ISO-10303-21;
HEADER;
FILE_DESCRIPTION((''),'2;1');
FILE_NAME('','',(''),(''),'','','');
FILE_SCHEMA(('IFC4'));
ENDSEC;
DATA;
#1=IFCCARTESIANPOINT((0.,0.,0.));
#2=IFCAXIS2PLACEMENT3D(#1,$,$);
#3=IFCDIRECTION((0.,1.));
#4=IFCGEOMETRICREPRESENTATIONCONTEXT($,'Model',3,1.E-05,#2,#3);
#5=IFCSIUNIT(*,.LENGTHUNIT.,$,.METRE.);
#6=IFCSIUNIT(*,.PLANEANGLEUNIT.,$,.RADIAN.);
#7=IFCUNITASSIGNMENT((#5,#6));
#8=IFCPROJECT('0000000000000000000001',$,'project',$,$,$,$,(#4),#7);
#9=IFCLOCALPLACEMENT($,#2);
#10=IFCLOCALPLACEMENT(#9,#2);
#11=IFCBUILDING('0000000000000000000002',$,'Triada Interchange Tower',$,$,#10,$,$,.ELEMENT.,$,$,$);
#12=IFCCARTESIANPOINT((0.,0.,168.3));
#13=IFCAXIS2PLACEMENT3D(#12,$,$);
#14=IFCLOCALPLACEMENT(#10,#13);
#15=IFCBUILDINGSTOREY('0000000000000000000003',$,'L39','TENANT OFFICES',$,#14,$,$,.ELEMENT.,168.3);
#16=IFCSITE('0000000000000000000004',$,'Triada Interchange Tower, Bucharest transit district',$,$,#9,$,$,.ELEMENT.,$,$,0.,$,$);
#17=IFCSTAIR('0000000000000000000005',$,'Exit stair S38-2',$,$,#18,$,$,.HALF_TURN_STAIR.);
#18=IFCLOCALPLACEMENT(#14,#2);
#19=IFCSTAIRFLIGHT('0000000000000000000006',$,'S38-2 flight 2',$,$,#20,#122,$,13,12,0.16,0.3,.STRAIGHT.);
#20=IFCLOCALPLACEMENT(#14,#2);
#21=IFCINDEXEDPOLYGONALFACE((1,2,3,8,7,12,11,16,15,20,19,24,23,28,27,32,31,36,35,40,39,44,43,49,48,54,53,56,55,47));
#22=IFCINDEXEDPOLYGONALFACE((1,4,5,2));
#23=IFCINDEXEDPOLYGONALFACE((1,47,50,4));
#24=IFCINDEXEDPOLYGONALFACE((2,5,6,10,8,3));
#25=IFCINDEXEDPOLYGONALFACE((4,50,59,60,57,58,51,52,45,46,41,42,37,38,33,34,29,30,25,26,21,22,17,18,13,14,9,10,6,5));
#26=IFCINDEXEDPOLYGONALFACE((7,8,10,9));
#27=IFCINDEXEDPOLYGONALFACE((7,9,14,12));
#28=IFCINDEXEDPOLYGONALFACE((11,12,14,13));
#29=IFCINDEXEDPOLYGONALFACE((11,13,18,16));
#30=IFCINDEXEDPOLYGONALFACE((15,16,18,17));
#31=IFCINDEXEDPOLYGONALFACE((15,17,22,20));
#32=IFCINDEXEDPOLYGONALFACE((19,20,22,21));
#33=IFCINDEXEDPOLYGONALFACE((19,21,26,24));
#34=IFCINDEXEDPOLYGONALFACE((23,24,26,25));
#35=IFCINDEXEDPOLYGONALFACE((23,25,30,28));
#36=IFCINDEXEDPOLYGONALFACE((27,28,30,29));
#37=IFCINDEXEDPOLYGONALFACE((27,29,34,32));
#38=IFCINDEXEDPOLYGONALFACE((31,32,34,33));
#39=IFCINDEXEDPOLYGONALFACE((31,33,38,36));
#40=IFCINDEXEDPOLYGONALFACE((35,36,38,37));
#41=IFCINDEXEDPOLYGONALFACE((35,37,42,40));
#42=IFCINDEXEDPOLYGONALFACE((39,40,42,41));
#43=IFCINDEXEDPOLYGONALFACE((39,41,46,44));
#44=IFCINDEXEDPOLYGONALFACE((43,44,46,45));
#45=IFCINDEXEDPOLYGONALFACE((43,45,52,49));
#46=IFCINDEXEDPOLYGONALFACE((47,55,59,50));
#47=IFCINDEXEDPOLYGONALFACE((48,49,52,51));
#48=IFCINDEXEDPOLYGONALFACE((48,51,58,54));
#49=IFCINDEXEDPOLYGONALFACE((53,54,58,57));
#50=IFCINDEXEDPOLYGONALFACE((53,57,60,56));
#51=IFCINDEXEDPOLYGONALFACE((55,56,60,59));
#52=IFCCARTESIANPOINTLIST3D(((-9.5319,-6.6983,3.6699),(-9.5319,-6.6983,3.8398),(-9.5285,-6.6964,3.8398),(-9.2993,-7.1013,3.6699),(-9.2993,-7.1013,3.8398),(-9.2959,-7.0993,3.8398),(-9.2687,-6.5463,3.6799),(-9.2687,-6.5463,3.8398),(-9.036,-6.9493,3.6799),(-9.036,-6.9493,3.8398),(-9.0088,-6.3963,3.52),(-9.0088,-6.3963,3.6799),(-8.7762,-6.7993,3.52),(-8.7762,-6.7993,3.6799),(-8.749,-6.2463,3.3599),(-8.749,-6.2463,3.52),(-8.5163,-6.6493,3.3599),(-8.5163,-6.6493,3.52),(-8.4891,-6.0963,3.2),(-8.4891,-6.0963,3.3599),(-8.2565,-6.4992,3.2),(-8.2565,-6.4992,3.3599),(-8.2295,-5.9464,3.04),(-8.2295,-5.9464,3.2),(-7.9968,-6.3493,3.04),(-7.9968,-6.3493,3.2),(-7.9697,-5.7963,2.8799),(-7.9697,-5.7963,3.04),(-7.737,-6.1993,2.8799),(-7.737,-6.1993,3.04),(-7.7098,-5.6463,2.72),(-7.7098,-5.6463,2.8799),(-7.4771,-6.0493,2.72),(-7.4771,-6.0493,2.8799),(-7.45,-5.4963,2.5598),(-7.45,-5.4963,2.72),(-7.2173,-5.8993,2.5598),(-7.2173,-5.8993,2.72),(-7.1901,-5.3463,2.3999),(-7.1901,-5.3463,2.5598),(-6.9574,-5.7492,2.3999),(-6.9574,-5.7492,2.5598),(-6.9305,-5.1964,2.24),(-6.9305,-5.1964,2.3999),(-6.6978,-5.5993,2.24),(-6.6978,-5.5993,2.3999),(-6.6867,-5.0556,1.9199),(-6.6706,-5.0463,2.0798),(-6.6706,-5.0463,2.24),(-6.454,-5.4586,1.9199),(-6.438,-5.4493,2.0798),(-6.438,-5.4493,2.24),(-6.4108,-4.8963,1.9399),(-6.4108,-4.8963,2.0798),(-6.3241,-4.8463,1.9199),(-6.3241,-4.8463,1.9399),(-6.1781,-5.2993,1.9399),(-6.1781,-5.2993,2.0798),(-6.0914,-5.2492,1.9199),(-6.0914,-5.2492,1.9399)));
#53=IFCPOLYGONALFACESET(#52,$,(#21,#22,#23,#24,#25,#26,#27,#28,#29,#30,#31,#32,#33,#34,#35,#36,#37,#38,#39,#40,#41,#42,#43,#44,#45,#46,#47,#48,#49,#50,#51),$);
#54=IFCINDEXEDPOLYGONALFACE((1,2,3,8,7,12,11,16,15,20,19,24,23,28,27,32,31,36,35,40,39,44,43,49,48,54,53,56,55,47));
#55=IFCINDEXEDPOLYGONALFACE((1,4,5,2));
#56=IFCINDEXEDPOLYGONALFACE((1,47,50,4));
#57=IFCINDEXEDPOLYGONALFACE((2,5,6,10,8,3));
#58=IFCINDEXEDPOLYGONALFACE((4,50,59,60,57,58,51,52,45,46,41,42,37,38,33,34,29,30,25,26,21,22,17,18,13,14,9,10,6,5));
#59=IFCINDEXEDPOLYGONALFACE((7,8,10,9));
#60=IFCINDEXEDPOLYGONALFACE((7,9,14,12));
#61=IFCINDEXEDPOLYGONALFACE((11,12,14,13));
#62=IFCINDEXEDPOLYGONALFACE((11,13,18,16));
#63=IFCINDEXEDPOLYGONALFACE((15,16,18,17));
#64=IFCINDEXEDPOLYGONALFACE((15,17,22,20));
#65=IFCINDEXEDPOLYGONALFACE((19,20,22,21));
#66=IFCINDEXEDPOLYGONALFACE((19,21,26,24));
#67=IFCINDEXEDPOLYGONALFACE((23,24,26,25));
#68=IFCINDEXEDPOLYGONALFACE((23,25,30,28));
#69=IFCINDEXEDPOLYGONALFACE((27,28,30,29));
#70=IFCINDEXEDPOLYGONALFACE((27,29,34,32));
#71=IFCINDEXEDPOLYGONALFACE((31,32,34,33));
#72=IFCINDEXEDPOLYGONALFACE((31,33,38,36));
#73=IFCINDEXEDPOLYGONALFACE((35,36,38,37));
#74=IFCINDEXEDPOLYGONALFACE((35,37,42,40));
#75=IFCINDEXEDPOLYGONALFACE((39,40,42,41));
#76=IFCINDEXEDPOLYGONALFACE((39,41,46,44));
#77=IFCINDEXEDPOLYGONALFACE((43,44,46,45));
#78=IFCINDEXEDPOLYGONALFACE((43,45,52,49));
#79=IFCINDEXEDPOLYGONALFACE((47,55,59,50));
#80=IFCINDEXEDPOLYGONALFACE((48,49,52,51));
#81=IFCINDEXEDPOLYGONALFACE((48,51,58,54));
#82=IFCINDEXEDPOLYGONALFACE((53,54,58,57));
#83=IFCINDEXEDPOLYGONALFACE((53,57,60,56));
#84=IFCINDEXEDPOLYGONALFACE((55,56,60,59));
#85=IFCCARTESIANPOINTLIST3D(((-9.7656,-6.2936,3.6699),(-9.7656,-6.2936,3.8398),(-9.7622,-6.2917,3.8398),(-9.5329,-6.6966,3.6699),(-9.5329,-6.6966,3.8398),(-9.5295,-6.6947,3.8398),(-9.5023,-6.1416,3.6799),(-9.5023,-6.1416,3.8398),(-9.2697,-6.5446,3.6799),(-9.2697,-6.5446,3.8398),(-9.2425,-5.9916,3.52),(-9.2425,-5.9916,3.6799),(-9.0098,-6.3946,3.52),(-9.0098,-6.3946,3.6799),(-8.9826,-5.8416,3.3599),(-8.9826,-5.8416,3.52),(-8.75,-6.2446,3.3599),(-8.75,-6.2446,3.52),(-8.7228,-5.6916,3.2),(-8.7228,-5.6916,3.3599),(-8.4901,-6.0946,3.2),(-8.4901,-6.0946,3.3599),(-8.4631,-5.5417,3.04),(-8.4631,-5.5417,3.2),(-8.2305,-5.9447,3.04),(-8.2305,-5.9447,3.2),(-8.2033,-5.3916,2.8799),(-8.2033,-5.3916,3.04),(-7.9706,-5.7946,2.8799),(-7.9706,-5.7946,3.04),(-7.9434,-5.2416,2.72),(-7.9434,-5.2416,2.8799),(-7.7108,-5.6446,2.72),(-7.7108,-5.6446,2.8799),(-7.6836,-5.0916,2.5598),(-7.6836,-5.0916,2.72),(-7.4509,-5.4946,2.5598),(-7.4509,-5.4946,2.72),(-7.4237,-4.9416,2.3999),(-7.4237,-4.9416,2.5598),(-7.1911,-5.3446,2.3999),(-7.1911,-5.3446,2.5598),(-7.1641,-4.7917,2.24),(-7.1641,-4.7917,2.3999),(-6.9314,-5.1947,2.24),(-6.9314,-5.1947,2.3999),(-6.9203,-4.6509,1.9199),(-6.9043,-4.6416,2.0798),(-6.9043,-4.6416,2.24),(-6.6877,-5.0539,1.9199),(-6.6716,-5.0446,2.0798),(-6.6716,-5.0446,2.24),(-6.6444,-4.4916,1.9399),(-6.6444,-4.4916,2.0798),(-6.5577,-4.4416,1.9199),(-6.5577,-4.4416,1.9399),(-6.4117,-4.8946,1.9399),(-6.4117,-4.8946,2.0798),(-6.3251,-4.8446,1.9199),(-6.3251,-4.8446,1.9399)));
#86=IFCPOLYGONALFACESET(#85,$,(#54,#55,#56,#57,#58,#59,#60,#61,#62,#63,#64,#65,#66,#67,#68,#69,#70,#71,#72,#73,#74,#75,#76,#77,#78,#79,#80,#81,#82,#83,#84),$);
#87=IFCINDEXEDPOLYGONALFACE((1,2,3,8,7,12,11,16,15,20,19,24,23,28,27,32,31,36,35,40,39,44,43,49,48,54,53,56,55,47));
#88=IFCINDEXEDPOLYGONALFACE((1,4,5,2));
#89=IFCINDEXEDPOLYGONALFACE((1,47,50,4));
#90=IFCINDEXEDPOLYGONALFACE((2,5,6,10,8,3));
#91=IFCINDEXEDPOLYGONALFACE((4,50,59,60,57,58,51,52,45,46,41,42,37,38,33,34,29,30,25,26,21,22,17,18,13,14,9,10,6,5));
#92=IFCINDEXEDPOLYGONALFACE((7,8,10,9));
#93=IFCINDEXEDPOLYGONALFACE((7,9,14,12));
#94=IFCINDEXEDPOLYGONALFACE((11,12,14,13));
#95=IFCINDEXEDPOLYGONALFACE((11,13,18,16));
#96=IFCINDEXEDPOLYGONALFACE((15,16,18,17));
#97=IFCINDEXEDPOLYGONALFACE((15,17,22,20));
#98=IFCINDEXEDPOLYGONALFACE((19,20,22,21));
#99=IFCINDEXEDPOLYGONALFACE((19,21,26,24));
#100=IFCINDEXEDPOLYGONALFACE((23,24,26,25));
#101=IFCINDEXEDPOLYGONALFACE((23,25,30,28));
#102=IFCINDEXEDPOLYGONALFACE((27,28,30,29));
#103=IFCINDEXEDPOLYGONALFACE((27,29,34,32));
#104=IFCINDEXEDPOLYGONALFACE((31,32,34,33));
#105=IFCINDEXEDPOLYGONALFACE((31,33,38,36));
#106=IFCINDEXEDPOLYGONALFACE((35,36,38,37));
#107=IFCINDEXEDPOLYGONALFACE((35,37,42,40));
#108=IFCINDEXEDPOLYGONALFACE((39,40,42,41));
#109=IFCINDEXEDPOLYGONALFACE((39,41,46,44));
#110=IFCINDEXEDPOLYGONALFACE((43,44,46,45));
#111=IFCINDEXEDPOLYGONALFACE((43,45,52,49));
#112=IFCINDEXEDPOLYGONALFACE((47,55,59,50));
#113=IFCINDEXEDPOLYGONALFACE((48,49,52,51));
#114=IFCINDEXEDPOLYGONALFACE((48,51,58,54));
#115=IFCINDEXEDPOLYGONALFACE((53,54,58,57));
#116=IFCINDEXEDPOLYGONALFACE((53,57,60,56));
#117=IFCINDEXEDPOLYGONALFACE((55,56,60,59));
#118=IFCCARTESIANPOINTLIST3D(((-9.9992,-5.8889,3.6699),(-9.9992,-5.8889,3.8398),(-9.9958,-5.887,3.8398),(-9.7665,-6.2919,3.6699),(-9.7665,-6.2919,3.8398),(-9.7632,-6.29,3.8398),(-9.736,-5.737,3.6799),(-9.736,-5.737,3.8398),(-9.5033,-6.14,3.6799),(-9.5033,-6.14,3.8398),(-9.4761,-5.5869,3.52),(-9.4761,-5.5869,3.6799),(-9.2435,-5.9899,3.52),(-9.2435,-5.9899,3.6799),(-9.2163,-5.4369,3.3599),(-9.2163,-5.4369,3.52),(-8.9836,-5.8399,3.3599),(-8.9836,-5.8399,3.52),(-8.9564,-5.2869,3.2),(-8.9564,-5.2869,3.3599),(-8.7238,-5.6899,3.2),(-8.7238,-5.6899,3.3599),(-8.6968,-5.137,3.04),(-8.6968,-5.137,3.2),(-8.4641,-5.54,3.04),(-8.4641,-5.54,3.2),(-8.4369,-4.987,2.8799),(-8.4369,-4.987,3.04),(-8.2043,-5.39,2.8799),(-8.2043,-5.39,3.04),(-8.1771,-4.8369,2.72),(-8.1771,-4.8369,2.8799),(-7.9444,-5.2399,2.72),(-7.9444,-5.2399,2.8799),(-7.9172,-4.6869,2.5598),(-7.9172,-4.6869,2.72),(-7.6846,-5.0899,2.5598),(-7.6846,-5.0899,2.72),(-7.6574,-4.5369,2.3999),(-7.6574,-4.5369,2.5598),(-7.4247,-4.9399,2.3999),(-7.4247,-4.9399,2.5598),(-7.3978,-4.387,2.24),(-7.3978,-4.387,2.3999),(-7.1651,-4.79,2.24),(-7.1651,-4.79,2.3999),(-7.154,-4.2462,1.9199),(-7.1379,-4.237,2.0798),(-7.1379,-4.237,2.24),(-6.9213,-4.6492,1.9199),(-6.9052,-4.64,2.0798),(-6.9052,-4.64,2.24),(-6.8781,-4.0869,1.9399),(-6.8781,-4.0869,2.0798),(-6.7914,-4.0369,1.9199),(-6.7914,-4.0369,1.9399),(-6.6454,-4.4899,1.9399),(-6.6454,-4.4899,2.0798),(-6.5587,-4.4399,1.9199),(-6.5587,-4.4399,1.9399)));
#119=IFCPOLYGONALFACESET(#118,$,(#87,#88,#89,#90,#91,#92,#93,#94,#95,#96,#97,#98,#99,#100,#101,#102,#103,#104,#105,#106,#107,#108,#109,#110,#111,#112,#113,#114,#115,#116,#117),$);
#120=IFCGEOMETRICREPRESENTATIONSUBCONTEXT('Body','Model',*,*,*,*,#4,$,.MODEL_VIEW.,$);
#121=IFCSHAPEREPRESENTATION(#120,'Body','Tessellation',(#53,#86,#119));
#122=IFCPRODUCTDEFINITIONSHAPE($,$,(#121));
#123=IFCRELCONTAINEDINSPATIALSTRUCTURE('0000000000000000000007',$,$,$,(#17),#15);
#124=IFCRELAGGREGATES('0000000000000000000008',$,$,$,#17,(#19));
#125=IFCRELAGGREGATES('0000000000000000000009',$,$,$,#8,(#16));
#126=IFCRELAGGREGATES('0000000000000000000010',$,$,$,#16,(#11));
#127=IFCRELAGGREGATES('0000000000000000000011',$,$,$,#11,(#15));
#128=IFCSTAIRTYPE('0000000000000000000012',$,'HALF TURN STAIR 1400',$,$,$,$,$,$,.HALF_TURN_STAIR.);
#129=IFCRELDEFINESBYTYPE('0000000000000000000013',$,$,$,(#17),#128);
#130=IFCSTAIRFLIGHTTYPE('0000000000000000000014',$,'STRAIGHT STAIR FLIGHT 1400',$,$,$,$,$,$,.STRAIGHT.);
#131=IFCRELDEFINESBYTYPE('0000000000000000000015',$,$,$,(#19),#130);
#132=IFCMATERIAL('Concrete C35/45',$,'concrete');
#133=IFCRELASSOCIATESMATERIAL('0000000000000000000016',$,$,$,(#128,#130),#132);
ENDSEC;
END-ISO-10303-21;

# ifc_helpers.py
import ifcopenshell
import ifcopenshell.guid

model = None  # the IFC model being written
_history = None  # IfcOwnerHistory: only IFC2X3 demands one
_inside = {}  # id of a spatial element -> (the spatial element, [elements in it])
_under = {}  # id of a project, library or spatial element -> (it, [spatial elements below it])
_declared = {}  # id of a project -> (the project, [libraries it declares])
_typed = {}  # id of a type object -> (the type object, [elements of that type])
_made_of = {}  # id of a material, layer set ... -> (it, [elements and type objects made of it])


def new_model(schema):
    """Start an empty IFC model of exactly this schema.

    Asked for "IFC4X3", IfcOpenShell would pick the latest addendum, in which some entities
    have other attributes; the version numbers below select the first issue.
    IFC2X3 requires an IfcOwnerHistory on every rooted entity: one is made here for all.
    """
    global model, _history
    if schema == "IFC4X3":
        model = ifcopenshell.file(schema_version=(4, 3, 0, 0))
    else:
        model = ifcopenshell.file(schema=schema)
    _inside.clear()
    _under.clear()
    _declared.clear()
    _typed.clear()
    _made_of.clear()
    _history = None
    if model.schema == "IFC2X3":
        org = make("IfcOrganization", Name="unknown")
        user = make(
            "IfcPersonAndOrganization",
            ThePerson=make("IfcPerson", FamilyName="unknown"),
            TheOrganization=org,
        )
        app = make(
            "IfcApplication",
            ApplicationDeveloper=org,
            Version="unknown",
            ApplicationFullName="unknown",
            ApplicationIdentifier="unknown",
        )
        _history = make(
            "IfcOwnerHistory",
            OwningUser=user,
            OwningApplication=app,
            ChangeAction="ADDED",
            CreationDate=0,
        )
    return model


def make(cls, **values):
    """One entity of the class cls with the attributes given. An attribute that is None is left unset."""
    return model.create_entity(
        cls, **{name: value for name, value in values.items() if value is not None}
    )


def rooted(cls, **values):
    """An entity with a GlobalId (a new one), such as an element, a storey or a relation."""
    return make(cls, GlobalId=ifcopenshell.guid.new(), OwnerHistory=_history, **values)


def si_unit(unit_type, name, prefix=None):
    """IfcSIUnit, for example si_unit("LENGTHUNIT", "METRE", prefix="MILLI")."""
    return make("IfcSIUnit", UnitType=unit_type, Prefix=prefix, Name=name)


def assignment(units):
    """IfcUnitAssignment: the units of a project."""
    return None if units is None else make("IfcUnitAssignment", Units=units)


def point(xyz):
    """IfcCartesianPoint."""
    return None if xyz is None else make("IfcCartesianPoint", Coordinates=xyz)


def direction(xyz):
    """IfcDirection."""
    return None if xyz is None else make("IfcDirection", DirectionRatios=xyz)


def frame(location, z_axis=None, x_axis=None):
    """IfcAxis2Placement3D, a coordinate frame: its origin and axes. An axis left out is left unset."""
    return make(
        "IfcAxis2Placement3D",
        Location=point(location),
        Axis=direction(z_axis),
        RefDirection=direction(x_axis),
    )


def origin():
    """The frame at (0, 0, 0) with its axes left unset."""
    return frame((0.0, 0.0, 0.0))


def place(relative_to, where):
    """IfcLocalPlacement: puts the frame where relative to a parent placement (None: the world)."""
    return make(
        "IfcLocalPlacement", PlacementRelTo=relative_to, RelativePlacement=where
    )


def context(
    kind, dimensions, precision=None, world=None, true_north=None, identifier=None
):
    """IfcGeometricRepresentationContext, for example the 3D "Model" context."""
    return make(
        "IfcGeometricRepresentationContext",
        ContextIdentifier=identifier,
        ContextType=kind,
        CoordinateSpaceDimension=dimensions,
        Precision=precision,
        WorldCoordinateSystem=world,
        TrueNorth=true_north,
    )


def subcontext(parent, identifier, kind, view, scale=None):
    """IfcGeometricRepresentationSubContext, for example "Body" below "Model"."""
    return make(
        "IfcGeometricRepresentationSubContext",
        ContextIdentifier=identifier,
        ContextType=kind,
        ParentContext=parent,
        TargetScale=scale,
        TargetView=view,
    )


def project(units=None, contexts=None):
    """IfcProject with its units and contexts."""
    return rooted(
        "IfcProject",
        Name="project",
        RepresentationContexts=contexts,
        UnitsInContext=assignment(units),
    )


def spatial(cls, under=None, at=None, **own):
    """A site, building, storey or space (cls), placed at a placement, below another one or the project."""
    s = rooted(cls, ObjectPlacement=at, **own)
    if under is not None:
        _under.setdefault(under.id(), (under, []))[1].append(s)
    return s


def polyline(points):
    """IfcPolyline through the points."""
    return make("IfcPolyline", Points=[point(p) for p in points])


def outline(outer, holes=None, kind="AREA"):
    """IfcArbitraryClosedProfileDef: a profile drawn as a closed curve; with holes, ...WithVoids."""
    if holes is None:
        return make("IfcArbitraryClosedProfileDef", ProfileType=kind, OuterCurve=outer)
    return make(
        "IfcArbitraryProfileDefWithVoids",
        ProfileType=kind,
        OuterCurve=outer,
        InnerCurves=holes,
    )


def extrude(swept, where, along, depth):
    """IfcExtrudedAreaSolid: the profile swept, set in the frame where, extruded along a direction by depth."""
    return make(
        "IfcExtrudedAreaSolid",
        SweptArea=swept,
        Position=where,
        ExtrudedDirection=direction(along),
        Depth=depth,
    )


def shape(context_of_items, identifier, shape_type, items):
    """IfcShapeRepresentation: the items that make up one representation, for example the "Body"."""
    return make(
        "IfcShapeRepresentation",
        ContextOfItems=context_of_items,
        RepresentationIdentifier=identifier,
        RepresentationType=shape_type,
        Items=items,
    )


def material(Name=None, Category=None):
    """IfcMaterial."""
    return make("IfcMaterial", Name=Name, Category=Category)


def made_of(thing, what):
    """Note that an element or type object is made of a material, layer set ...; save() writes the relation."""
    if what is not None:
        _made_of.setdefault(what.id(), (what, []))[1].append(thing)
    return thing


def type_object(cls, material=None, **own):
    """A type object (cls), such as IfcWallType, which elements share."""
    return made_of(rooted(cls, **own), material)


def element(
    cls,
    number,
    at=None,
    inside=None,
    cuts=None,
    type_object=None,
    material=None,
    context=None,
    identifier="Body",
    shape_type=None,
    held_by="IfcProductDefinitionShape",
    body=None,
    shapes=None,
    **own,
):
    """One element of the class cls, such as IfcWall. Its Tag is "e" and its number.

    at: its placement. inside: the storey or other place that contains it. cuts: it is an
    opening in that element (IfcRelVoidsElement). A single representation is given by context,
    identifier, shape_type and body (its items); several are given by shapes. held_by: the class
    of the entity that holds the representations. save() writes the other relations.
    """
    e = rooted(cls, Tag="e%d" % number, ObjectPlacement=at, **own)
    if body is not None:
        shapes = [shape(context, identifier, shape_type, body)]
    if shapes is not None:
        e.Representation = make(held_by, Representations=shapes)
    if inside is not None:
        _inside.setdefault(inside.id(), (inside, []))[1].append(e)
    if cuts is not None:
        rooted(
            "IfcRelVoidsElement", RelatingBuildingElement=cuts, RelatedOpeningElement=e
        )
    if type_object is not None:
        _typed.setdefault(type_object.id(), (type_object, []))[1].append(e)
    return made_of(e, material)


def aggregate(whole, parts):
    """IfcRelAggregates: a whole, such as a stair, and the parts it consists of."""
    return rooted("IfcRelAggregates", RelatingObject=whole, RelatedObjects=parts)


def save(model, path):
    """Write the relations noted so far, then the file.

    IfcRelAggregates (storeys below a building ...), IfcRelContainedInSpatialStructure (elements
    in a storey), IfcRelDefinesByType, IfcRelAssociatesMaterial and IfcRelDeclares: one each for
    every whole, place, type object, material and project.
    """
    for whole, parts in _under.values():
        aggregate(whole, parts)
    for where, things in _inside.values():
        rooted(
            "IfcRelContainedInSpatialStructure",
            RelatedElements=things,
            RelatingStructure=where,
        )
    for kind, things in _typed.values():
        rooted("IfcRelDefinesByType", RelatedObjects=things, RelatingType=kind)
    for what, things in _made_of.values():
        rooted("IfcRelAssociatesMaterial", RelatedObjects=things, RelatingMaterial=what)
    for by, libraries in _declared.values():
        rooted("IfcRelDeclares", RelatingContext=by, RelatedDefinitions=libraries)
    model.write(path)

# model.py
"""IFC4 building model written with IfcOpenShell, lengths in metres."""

from ifc_helpers import new_model, si_unit, direction, frame, origin, place, context, subcontext, project, spatial, polyline, outline, extrude, material, type_object, element, aggregate, save


model = new_model("IFC4")

# Units and contexts
model_context = context("Model", 3, precision=1e-05, world=origin(), true_north=direction((0.0, 1.0)))
body_context = subcontext(model_context, "Body", "Model", "MODEL_VIEW")
ifc_project = project(units=[si_unit("LENGTHUNIT", "METRE"), si_unit("PLANEANGLEUNIT", "RADIAN")], contexts=[model_context])

# Site, building, storey
site_placement = place(None, origin())
site = spatial("IfcSite", under=ifc_project, at=site_placement, Name="Triada Interchange Tower, Bucharest transit district", CompositionType="ELEMENT", RefElevation=0.0)
building_placement = place(site_placement, origin())
building = spatial("IfcBuilding", under=site, at=building_placement, Name="Triada Interchange Tower", CompositionType="ELEMENT")
storey_placement = place(building_placement, frame((0.0, 0.0, 168.3)))
storey = spatial("IfcBuildingStorey", under=building, at=storey_placement, Name="L39", Description="TENANT OFFICES", CompositionType="ELEMENT", Elevation=168.3)

# Stair, stair flight
ifc_material_1 = material(Name="Concrete C35/45", Category="concrete")
stair_type = type_object("IfcStairType", Name="HALF TURN STAIR 1400", PredefinedType="HALF_TURN_STAIR", material=ifc_material_1)
stair_placement = place(storey_placement, origin())
stair = element("IfcStair", 1, at=stair_placement, inside=storey, type_object=stair_type, Name="Exit stair S38-2", PredefinedType="HALF_TURN_STAIR")
stair_flight_type = type_object("IfcStairFlightType", Name="STRAIGHT STAIR FLIGHT 1400", PredefinedType="STRAIGHT", material=ifc_material_1)
stair_flight_1_placement = place(storey_placement, frame((-6.5281, -4.6931, 1.9199), z_axis=(0.0, 0.0, 1.0), x_axis=(-0.866025, -0.5, 0.0)))
stair_flight_1 = element("IfcStairFlight", 2, at=stair_flight_1_placement, type_object=stair_flight_type, Name="S38-2 flight 2", NumberOfRisers=13, NumberOfTreads=12, PredefinedType="STRAIGHT", RiserHeight=0.16, TreadLength=0.3, context=body_context, shape_type="SweptSolid", body=[
    extrude(outline(polyline([(-0.1001, 0.0), (-0.1001, 0.02), (0.0, 0.02), (0.0, 0.1599), (0.3, 0.1599), (0.3, 0.3201), (0.6001, 0.3201), (0.6001, 0.48), (0.8999, 0.48), (0.8999, 0.6399), (1.2, 0.6399), (1.2, 0.8), (1.5, 0.8), (1.5, 0.96), (1.8, 0.96), (1.8, 1.1201), (2.1001, 1.1201), (2.1001, 1.28), (2.3999, 1.28), (2.3999, 1.4399), (2.7, 1.4399), (2.7, 1.6001), (3.0, 1.6001), (3.0, 1.76), (3.3, 1.76), (3.3, 1.9199), (3.6001, 1.9199), (3.604, 1.9199), (3.604, 2.0801), (3.604, 1.75), (0.3186, 0.0), (-0.1001, 0.0)])), frame((0.0, 0.7, 0.0), z_axis=(0.0, -1.0, 0.0), x_axis=(1.0, 0.0, 0.0)), (0.0, 0.0, 1.0), 0.4653),
    extrude(outline(polyline([(-0.1001, 0.0), (-0.1001, 0.02), (0.0, 0.02), (0.0, 0.1599), (0.3, 0.1599), (0.3, 0.3201), (0.6001, 0.3201), (0.6001, 0.48), (0.8999, 0.48), (0.8999, 0.6399), (1.2, 0.6399), (1.2, 0.8), (1.5, 0.8), (1.5, 0.96), (1.8, 0.96), (1.8, 1.1201), (2.1001, 1.1201), (2.1001, 1.28), (2.3999, 1.28), (2.3999, 1.4399), (2.7, 1.4399), (2.7, 1.6001), (3.0, 1.6001), (3.0, 1.76), (3.3, 1.76), (3.3, 1.9199), (3.6001, 1.9199), (3.604, 1.9199), (3.604, 2.0801), (3.604, 1.75), (0.3186, 0.0), (-0.1001, 0.0)])), frame((0.0, 0.2327, 0.0), z_axis=(0.0, -1.0, 0.0), x_axis=(1.0, 0.0, 0.0)), (0.0, 0.0, 1.0), 0.4653),
    extrude(outline(polyline([(-0.1001, 0.0), (-0.1001, 0.02), (0.0, 0.02), (0.0, 0.1599), (0.3, 0.1599), (0.3, 0.3201), (0.6001, 0.3201), (0.6001, 0.48), (0.8999, 0.48), (0.8999, 0.6399), (1.2, 0.6399), (1.2, 0.8), (1.5, 0.8), (1.5, 0.96), (1.8, 0.96), (1.8, 1.1201), (2.1001, 1.1201), (2.1001, 1.28), (2.3999, 1.28), (2.3999, 1.4399), (2.7, 1.4399), (2.7, 1.6001), (3.0, 1.6001), (3.0, 1.76), (3.3, 1.76), (3.3, 1.9199), (3.6001, 1.9199), (3.604, 1.9199), (3.604, 2.0801), (3.604, 1.75), (0.3186, 0.0), (-0.1001, 0.0)])), frame((0.0, -0.2346, 0.0), z_axis=(0.0, -1.0, 0.0), x_axis=(1.0, 0.0, 0.0)), (0.0, 0.0, 1.0), 0.4653),
])
aggregate(stair, [stair_flight_1])

save(model, "model.ifc")
